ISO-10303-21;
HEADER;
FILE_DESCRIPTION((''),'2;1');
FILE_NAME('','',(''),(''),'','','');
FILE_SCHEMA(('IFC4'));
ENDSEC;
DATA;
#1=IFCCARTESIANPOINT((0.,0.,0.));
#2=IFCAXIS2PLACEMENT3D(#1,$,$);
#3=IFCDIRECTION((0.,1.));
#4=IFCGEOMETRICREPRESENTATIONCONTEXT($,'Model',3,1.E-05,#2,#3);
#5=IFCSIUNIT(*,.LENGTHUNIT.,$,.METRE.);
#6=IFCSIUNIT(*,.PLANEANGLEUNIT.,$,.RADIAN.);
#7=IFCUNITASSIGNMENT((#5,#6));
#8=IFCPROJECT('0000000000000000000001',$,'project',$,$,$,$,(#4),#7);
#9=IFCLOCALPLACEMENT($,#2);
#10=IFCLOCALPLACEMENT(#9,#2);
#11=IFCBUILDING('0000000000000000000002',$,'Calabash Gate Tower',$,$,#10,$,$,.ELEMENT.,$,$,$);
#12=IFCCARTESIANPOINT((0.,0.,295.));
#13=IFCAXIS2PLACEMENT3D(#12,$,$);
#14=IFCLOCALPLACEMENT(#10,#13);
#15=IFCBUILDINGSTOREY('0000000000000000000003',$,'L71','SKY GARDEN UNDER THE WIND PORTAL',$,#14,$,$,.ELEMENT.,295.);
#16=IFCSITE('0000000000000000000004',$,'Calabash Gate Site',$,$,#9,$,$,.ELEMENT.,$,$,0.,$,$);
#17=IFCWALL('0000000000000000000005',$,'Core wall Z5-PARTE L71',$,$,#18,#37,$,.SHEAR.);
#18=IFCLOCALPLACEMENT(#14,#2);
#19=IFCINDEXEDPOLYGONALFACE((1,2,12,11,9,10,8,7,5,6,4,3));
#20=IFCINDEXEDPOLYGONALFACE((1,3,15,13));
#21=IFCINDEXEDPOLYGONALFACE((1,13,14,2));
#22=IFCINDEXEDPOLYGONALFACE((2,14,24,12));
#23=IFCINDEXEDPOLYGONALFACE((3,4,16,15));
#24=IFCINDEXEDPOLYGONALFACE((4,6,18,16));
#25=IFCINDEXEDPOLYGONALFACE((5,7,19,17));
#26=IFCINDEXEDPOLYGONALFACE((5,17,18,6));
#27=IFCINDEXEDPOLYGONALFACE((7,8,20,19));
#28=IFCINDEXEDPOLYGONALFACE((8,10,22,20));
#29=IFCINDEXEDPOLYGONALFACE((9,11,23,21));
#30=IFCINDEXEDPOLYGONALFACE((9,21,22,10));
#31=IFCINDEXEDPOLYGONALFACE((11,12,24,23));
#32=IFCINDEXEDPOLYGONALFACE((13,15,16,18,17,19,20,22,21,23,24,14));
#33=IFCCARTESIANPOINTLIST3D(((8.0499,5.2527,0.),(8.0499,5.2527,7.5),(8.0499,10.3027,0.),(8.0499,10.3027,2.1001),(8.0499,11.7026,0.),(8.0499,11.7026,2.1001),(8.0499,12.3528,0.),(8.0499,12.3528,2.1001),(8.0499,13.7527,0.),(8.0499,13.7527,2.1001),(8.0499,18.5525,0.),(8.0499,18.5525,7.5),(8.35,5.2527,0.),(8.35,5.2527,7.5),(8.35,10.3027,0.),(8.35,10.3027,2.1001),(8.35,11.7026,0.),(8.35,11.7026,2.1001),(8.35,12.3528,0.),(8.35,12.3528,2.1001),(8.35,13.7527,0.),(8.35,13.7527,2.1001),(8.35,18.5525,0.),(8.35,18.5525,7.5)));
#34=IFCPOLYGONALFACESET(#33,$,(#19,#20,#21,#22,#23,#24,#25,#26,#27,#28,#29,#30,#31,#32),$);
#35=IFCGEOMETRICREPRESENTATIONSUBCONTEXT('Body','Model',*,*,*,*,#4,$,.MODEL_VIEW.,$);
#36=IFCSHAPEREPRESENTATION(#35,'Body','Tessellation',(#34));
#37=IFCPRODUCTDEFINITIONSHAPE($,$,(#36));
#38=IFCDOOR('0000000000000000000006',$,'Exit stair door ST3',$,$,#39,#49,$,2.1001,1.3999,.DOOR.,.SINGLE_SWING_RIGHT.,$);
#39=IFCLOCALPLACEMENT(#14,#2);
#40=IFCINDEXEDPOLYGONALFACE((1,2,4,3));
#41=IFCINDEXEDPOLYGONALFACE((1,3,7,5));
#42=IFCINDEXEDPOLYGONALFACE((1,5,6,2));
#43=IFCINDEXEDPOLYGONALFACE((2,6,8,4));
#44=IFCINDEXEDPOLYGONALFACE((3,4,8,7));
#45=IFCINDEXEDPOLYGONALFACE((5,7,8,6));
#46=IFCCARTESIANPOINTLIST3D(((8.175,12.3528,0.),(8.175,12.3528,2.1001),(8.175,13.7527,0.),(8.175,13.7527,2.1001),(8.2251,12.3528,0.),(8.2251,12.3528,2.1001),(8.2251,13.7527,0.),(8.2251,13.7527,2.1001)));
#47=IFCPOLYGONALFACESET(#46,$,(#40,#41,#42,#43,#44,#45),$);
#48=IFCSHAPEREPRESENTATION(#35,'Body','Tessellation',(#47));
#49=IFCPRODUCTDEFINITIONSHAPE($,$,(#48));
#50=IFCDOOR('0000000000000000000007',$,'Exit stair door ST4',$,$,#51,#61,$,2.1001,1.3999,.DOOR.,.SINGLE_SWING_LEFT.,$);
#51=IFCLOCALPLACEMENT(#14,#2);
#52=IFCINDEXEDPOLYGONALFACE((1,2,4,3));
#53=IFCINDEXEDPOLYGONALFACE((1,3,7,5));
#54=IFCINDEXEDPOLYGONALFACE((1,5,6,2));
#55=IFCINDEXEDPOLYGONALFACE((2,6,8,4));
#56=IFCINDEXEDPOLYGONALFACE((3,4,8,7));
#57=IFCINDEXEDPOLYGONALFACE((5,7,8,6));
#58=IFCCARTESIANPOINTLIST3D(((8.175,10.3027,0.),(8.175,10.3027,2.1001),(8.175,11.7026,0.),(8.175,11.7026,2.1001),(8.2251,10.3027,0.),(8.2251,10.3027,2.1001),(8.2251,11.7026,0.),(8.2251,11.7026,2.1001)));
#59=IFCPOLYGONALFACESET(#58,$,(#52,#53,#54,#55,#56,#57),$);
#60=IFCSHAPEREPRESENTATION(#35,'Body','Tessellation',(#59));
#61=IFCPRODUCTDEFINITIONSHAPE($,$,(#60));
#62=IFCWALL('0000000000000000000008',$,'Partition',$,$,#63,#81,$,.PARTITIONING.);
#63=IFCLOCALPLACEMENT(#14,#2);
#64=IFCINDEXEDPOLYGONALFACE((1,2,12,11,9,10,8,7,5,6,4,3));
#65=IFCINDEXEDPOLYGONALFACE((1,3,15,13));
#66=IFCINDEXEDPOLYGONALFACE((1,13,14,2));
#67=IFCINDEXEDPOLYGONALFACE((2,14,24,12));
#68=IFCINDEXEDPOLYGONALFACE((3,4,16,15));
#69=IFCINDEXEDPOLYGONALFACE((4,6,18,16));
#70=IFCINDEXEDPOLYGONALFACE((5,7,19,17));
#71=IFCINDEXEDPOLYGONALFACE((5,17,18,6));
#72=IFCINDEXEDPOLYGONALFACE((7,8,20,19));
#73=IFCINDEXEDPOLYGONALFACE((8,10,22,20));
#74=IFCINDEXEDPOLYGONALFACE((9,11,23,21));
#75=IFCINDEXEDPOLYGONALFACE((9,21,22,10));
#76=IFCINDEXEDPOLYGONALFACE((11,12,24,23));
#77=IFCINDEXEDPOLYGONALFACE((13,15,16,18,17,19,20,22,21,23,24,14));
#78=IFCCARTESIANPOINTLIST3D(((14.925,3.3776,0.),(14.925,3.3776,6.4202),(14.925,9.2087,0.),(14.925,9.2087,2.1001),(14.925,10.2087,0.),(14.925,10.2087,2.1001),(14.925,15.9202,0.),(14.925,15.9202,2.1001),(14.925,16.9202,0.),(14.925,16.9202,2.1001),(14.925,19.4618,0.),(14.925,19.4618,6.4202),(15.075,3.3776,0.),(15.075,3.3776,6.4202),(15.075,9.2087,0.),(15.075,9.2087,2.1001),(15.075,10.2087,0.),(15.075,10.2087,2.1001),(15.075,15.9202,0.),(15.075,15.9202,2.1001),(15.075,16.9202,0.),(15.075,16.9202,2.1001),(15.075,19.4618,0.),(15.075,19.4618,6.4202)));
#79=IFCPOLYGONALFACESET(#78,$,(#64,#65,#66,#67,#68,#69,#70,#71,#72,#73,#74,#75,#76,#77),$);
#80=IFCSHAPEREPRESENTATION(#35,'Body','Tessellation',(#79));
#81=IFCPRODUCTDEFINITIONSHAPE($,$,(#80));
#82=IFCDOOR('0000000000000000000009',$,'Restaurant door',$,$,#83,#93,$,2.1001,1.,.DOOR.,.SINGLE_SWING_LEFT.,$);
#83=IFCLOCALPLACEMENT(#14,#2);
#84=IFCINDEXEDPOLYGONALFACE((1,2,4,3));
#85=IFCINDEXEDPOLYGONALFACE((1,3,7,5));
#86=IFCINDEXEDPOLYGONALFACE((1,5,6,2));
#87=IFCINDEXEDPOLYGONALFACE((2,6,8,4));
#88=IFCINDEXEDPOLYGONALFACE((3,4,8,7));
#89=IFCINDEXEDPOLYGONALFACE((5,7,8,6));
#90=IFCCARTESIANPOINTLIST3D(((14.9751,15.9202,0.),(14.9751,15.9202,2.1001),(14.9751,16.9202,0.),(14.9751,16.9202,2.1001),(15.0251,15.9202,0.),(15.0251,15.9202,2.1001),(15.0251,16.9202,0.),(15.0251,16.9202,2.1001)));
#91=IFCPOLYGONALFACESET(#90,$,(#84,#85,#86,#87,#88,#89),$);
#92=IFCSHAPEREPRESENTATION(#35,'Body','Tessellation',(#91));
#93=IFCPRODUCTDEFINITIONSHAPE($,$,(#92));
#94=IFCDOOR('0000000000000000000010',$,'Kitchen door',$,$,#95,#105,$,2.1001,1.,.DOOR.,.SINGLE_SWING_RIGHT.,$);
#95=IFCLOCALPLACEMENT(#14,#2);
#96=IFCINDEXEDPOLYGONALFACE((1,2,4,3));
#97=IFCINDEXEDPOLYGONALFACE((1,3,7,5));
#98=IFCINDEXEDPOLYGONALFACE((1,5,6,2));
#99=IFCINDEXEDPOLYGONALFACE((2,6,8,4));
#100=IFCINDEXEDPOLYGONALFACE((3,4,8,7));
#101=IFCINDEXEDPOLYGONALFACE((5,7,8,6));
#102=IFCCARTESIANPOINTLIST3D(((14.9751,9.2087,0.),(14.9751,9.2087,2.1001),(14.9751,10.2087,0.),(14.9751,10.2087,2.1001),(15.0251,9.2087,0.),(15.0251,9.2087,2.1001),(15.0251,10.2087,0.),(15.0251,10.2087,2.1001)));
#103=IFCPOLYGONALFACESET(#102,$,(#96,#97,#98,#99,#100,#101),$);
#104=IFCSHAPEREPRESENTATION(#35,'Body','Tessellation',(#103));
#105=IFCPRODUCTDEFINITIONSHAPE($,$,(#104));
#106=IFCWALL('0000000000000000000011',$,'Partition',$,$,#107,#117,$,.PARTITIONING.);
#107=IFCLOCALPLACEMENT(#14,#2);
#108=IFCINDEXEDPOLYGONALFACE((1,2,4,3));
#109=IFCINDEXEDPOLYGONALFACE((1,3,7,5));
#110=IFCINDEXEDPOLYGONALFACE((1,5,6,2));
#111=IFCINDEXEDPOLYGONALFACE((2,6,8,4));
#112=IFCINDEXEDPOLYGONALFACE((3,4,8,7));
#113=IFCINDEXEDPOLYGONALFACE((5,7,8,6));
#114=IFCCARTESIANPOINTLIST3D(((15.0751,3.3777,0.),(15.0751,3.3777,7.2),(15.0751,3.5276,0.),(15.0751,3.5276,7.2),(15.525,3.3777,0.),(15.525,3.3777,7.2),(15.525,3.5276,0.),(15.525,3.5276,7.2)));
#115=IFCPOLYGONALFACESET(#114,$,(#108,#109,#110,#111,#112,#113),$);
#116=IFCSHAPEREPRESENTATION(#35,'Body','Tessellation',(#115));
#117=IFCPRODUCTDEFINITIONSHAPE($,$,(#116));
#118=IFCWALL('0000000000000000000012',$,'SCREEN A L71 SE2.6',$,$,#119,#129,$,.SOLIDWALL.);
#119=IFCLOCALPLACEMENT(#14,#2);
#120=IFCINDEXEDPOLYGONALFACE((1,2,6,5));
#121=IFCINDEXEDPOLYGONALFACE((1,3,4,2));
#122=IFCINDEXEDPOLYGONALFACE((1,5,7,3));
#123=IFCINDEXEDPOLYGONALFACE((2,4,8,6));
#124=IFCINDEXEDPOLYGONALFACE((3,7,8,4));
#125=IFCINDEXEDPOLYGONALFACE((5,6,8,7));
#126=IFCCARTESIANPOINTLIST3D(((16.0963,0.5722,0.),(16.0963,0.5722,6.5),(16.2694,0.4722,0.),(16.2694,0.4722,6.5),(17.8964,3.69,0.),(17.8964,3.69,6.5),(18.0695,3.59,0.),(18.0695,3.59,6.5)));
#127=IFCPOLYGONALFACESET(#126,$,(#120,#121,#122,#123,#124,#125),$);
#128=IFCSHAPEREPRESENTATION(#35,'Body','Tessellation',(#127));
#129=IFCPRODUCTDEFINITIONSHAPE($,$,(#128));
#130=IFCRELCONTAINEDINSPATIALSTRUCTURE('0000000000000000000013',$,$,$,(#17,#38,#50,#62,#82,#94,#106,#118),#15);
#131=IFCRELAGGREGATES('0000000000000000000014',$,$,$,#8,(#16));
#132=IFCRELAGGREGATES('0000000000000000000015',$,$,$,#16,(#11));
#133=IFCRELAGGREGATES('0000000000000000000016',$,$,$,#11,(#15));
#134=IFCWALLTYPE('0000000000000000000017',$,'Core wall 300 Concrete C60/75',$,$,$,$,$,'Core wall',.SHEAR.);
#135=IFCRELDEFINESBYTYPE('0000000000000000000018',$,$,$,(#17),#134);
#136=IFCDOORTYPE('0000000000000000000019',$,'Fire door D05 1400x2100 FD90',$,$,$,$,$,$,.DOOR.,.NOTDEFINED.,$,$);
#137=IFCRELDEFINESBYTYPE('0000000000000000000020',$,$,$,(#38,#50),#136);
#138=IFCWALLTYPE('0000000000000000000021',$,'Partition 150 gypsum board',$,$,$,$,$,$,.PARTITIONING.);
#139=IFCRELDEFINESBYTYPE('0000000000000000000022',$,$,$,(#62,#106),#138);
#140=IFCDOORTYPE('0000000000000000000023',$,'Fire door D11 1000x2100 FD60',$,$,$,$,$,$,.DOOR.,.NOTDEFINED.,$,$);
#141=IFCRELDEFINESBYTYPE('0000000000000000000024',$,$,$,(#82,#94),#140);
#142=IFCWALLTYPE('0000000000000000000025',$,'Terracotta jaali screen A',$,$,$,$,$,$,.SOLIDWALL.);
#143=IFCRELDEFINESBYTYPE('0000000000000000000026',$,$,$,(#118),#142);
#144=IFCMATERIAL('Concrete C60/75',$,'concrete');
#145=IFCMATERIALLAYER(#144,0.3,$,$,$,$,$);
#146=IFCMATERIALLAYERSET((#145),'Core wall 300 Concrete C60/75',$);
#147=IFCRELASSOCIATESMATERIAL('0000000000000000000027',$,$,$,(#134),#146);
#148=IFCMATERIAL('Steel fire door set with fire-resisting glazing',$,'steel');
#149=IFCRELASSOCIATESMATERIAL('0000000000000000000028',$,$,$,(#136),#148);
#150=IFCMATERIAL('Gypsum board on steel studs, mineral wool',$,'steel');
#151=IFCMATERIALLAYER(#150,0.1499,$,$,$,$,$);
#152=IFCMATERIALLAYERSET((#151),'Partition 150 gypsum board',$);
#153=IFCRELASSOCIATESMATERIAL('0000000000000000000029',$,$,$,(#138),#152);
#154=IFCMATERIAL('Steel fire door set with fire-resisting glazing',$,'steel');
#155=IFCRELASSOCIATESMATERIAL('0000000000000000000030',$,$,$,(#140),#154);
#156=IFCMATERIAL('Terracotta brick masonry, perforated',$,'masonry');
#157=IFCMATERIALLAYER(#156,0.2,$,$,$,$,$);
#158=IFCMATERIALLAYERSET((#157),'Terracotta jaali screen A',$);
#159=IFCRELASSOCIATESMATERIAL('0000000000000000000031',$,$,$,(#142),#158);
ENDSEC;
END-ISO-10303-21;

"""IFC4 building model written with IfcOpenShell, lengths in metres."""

from ifc_helpers import new_model, si_unit, direction, frame, frame_2d, origin, place, context, subcontext, project, spatial, rectangle, extrude, material, layer, layer_set, type_object, element, fill, save


model = new_model("IFC4")

# Units and contexts
model_context = context("Model", 3, precision=1e-05, world=origin(), true_north=direction((0.0, 1.0)))
body_context = subcontext(model_context, "Body", "Model", "MODEL_VIEW")
ifc_project = project(units=[si_unit("LENGTHUNIT", "METRE"), si_unit("PLANEANGLEUNIT", "RADIAN")], contexts=[model_context])

# Site, building, storey
site_placement = place(None, origin())
site = spatial("IfcSite", under=ifc_project, at=site_placement, Name="Calabash Gate Site", CompositionType="ELEMENT", RefElevation=0.0)
building_placement = place(site_placement, origin())
building = spatial("IfcBuilding", under=site, at=building_placement, Name="Calabash Gate Tower", CompositionType="ELEMENT")
storey_placement = place(building_placement, frame((0.0, 0.0, 295.0)))
storey = spatial("IfcBuildingStorey", under=building, at=storey_placement, Name="L71", Description="SKY GARDEN UNDER THE WIND PORTAL", CompositionType="ELEMENT", Elevation=295.0)

# Walls, openings, doors
ifc_material_1 = material(Name="Concrete C60/75", Category="concrete")
ifc_layer_1 = layer(ifc_material_1, 0.3)
ifc_layer_set_1 = layer_set([ifc_layer_1], Name="Core wall 300 Concrete C60/75")
wall_type_1 = type_object("IfcWallType", Name="Core wall 300 Concrete C60/75", ElementType="Core wall", PredefinedType="SHEAR", material=ifc_layer_set_1)
wall_1_placement = place(storey_placement, frame((8.2, 5.2527, 0.0), z_axis=(0.0, 0.0, 1.0), x_axis=(0.0, 1.0, 0.0)))
wall_1 = element("IfcWall", 1, at=wall_1_placement, inside=storey, type_object=wall_type_1, Name="Core wall Z5-PARTE L71", PredefinedType="SHEAR", context=body_context, shape_type="SweptSolid", body=[
    extrude(rectangle(XDim=13.2998, YDim=0.3, at=frame_2d((6.6499, 0.0))), origin(), (0.0, 0.0, 1.0), 7.5),
])
opening_1_placement = place(wall_1_placement, frame((7.1001, 0.0, 0.0)))
opening_1 = element("IfcOpeningElement", 2, at=opening_1_placement, cuts=wall_1, PredefinedType="OPENING", context=body_context, shape_type="SweptSolid", body=[
    extrude(rectangle(XDim=1.3999, YDim=2.1001, at=frame_2d((0.7, 1.05))), frame((0.0, 0.1599, 0.0), z_axis=(0.0, -1.0, 0.0), x_axis=(1.0, 0.0, 0.0)), (0.0, 0.0, 1.0), 0.3201),
])
opening_2_placement = place(wall_1_placement, frame((5.05, 0.0, 0.0)))
opening_2 = element("IfcOpeningElement", 3, at=opening_2_placement, cuts=wall_1, PredefinedType="OPENING", context=body_context, shape_type="SweptSolid", body=[
    extrude(rectangle(XDim=1.3999, YDim=2.1001, at=frame_2d((0.7, 1.05))), frame((0.0, 0.1599, 0.0), z_axis=(0.0, -1.0, 0.0), x_axis=(1.0, 0.0, 0.0)), (0.0, 0.0, 1.0), 0.3201),
])
ifc_material_2 = material(Name="Steel fire door set with fire-resisting glazing", Category="steel")
door_type_1 = type_object("IfcDoorType", Name="Fire door D05 1400x2100 FD90", OperationType="NOTDEFINED", PredefinedType="DOOR", material=ifc_material_2)
door_1_placement = place(opening_1_placement, origin())
door_1 = element("IfcDoor", 4, at=door_1_placement, inside=storey, type_object=door_type_1, Name="Exit stair door ST3", OperationType="SINGLE_SWING_RIGHT", OverallHeight=2.1001, OverallWidth=1.3999, PredefinedType="DOOR", context=body_context, shape_type="SweptSolid", body=[
    extrude(rectangle(XDim=1.3999, YDim=2.1001, at=frame_2d((0.7, 1.05))), frame((0.0, 0.0249, 0.0), z_axis=(0.0, -1.0, 0.0), x_axis=(1.0, 0.0, 0.0)), (0.0, 0.0, 1.0), 0.05),
])
fill(opening_1, door_1)
door_2_placement = place(opening_2_placement, origin())
door_2 = element("IfcDoor", 5, at=door_2_placement, inside=storey, type_object=door_type_1, Name="Exit stair door ST4", OperationType="SINGLE_SWING_LEFT", OverallHeight=2.1001, OverallWidth=1.3999, PredefinedType="DOOR", context=body_context, shape_type="SweptSolid", body=[
    extrude(rectangle(XDim=1.3999, YDim=2.1001, at=frame_2d((0.7, 1.05))), frame((0.0, 0.0249, 0.0), z_axis=(0.0, -1.0, 0.0), x_axis=(1.0, 0.0, 0.0)), (0.0, 0.0, 1.0), 0.05),
])
fill(opening_2, door_2)
ifc_material_3 = material(Name="Gypsum board on steel studs, mineral wool", Category="steel")
ifc_layer_2 = layer(ifc_material_3, 0.1499)
ifc_layer_set_2 = layer_set([ifc_layer_2], Name="Partition 150 gypsum board")
wall_type_2 = type_object("IfcWallType", Name="Partition 150 gypsum board", PredefinedType="PARTITIONING", material=ifc_layer_set_2)
wall_2_placement = place(storey_placement, frame((15.0, 3.3777, 0.0), z_axis=(0.0, 0.0, 1.0), x_axis=(0.0, 1.0, 0.0)))
wall_2 = element("IfcWall", 6, at=wall_2_placement, inside=storey, type_object=wall_type_2, Name="Partition", PredefinedType="PARTITIONING", context=body_context, shape_type="SweptSolid", body=[
    extrude(rectangle(XDim=16.0842, YDim=0.1499, at=frame_2d((8.042, 0.0))), origin(), (0.0, 0.0, 1.0), 6.4202),
])
opening_3_placement = place(wall_2_placement, frame((12.5425, 0.0, 0.0)))
opening_3 = element("IfcOpeningElement", 7, at=opening_3_placement, cuts=wall_2, PredefinedType="OPENING", context=body_context, shape_type="SweptSolid", body=[
    extrude(rectangle(XDim=1.0, YDim=2.1001, at=frame_2d((0.5, 1.05))), frame((0.0, 0.085, 0.0), z_axis=(0.0, -1.0, 0.0), x_axis=(1.0, 0.0, 0.0)), (0.0, 0.0, 1.0), 0.1699),
])
opening_4_placement = place(wall_2_placement, frame((5.8311, 0.0, 0.0)))
opening_4 = element("IfcOpeningElement", 8, at=opening_4_placement, cuts=wall_2, PredefinedType="OPENING", context=body_context, shape_type="SweptSolid", body=[
    extrude(rectangle(XDim=1.0, YDim=2.1001, at=frame_2d((0.5, 1.05))), frame((0.0, 0.085, 0.0), z_axis=(0.0, -1.0, 0.0), x_axis=(1.0, 0.0, 0.0)), (0.0, 0.0, 1.0), 0.1699),
])
ifc_material_4 = material(Name="Steel fire door set with fire-resisting glazing", Category="steel")
door_type_2 = type_object("IfcDoorType", Name="Fire door D11 1000x2100 FD60", OperationType="NOTDEFINED", PredefinedType="DOOR", material=ifc_material_4)
door_3_placement = place(opening_3_placement, origin())
door_3 = element("IfcDoor", 9, at=door_3_placement, inside=storey, type_object=door_type_2, Name="Restaurant door", OperationType="SINGLE_SWING_LEFT", OverallHeight=2.1001, OverallWidth=1.0, PredefinedType="DOOR", context=body_context, shape_type="SweptSolid", body=[
    extrude(rectangle(XDim=1.0, YDim=2.1001, at=frame_2d((0.5, 1.05))), frame((0.0, 0.0249, 0.0), z_axis=(0.0, -1.0, 0.0), x_axis=(1.0, 0.0, 0.0)), (0.0, 0.0, 1.0), 0.05),
])
fill(opening_3, door_3)
door_4_placement = place(opening_4_placement, origin())
door_4 = element("IfcDoor", 10, at=door_4_placement, inside=storey, type_object=door_type_2, Name="Kitchen door", OperationType="SINGLE_SWING_RIGHT", OverallHeight=2.1001, OverallWidth=1.0, PredefinedType="DOOR", context=body_context, shape_type="SweptSolid", body=[
    extrude(rectangle(XDim=1.0, YDim=2.1001, at=frame_2d((0.5, 1.05))), frame((0.0, 0.0249, 0.0), z_axis=(0.0, -1.0, 0.0), x_axis=(1.0, 0.0, 0.0)), (0.0, 0.0, 1.0), 0.05),
])
fill(opening_4, door_4)

# Walls
wall_3_placement = place(storey_placement, frame((15.075, 3.4526, 0.0), z_axis=(0.0, 0.0, 1.0), x_axis=(1.0, 0.0, 0.0)))
element("IfcWall", 11, at=wall_3_placement, inside=storey, type_object=wall_type_2, Name="Partition", PredefinedType="PARTITIONING", context=body_context, shape_type="SweptSolid", body=[
    extrude(rectangle(XDim=0.45, YDim=0.1499, at=frame_2d((0.2251, 0.0))), origin(), (0.0, 0.0, 1.0), 7.2),
])
ifc_material_5 = material(Name="Terracotta brick masonry, perforated", Category="masonry")
ifc_layer_3 = layer(ifc_material_5, 0.2)
ifc_layer_set_3 = layer_set([ifc_layer_3], Name="Terracotta jaali screen A")
wall_type_3 = type_object("IfcWallType", Name="Terracotta jaali screen A", PredefinedType="SOLIDWALL", material=ifc_layer_set_3)
wall_4_placement = place(storey_placement, frame((16.1829, 0.5222, 0.0), z_axis=(0.0, 0.0, 1.0), x_axis=(0.500012, 0.866018, 0.0)))
element("IfcWall", 12, at=wall_4_placement, inside=storey, type_object=wall_type_3, Name="SCREEN A L71 SE2.6", PredefinedType="SOLIDWALL", context=body_context, shape_type="SweptSolid", body=[
    extrude(rectangle(XDim=3.6001, YDim=0.2, at=frame_2d((1.8, 0.0))), origin(), (0.0, 0.0, 1.0), 6.5),
])

save(model, "model.ifc")
